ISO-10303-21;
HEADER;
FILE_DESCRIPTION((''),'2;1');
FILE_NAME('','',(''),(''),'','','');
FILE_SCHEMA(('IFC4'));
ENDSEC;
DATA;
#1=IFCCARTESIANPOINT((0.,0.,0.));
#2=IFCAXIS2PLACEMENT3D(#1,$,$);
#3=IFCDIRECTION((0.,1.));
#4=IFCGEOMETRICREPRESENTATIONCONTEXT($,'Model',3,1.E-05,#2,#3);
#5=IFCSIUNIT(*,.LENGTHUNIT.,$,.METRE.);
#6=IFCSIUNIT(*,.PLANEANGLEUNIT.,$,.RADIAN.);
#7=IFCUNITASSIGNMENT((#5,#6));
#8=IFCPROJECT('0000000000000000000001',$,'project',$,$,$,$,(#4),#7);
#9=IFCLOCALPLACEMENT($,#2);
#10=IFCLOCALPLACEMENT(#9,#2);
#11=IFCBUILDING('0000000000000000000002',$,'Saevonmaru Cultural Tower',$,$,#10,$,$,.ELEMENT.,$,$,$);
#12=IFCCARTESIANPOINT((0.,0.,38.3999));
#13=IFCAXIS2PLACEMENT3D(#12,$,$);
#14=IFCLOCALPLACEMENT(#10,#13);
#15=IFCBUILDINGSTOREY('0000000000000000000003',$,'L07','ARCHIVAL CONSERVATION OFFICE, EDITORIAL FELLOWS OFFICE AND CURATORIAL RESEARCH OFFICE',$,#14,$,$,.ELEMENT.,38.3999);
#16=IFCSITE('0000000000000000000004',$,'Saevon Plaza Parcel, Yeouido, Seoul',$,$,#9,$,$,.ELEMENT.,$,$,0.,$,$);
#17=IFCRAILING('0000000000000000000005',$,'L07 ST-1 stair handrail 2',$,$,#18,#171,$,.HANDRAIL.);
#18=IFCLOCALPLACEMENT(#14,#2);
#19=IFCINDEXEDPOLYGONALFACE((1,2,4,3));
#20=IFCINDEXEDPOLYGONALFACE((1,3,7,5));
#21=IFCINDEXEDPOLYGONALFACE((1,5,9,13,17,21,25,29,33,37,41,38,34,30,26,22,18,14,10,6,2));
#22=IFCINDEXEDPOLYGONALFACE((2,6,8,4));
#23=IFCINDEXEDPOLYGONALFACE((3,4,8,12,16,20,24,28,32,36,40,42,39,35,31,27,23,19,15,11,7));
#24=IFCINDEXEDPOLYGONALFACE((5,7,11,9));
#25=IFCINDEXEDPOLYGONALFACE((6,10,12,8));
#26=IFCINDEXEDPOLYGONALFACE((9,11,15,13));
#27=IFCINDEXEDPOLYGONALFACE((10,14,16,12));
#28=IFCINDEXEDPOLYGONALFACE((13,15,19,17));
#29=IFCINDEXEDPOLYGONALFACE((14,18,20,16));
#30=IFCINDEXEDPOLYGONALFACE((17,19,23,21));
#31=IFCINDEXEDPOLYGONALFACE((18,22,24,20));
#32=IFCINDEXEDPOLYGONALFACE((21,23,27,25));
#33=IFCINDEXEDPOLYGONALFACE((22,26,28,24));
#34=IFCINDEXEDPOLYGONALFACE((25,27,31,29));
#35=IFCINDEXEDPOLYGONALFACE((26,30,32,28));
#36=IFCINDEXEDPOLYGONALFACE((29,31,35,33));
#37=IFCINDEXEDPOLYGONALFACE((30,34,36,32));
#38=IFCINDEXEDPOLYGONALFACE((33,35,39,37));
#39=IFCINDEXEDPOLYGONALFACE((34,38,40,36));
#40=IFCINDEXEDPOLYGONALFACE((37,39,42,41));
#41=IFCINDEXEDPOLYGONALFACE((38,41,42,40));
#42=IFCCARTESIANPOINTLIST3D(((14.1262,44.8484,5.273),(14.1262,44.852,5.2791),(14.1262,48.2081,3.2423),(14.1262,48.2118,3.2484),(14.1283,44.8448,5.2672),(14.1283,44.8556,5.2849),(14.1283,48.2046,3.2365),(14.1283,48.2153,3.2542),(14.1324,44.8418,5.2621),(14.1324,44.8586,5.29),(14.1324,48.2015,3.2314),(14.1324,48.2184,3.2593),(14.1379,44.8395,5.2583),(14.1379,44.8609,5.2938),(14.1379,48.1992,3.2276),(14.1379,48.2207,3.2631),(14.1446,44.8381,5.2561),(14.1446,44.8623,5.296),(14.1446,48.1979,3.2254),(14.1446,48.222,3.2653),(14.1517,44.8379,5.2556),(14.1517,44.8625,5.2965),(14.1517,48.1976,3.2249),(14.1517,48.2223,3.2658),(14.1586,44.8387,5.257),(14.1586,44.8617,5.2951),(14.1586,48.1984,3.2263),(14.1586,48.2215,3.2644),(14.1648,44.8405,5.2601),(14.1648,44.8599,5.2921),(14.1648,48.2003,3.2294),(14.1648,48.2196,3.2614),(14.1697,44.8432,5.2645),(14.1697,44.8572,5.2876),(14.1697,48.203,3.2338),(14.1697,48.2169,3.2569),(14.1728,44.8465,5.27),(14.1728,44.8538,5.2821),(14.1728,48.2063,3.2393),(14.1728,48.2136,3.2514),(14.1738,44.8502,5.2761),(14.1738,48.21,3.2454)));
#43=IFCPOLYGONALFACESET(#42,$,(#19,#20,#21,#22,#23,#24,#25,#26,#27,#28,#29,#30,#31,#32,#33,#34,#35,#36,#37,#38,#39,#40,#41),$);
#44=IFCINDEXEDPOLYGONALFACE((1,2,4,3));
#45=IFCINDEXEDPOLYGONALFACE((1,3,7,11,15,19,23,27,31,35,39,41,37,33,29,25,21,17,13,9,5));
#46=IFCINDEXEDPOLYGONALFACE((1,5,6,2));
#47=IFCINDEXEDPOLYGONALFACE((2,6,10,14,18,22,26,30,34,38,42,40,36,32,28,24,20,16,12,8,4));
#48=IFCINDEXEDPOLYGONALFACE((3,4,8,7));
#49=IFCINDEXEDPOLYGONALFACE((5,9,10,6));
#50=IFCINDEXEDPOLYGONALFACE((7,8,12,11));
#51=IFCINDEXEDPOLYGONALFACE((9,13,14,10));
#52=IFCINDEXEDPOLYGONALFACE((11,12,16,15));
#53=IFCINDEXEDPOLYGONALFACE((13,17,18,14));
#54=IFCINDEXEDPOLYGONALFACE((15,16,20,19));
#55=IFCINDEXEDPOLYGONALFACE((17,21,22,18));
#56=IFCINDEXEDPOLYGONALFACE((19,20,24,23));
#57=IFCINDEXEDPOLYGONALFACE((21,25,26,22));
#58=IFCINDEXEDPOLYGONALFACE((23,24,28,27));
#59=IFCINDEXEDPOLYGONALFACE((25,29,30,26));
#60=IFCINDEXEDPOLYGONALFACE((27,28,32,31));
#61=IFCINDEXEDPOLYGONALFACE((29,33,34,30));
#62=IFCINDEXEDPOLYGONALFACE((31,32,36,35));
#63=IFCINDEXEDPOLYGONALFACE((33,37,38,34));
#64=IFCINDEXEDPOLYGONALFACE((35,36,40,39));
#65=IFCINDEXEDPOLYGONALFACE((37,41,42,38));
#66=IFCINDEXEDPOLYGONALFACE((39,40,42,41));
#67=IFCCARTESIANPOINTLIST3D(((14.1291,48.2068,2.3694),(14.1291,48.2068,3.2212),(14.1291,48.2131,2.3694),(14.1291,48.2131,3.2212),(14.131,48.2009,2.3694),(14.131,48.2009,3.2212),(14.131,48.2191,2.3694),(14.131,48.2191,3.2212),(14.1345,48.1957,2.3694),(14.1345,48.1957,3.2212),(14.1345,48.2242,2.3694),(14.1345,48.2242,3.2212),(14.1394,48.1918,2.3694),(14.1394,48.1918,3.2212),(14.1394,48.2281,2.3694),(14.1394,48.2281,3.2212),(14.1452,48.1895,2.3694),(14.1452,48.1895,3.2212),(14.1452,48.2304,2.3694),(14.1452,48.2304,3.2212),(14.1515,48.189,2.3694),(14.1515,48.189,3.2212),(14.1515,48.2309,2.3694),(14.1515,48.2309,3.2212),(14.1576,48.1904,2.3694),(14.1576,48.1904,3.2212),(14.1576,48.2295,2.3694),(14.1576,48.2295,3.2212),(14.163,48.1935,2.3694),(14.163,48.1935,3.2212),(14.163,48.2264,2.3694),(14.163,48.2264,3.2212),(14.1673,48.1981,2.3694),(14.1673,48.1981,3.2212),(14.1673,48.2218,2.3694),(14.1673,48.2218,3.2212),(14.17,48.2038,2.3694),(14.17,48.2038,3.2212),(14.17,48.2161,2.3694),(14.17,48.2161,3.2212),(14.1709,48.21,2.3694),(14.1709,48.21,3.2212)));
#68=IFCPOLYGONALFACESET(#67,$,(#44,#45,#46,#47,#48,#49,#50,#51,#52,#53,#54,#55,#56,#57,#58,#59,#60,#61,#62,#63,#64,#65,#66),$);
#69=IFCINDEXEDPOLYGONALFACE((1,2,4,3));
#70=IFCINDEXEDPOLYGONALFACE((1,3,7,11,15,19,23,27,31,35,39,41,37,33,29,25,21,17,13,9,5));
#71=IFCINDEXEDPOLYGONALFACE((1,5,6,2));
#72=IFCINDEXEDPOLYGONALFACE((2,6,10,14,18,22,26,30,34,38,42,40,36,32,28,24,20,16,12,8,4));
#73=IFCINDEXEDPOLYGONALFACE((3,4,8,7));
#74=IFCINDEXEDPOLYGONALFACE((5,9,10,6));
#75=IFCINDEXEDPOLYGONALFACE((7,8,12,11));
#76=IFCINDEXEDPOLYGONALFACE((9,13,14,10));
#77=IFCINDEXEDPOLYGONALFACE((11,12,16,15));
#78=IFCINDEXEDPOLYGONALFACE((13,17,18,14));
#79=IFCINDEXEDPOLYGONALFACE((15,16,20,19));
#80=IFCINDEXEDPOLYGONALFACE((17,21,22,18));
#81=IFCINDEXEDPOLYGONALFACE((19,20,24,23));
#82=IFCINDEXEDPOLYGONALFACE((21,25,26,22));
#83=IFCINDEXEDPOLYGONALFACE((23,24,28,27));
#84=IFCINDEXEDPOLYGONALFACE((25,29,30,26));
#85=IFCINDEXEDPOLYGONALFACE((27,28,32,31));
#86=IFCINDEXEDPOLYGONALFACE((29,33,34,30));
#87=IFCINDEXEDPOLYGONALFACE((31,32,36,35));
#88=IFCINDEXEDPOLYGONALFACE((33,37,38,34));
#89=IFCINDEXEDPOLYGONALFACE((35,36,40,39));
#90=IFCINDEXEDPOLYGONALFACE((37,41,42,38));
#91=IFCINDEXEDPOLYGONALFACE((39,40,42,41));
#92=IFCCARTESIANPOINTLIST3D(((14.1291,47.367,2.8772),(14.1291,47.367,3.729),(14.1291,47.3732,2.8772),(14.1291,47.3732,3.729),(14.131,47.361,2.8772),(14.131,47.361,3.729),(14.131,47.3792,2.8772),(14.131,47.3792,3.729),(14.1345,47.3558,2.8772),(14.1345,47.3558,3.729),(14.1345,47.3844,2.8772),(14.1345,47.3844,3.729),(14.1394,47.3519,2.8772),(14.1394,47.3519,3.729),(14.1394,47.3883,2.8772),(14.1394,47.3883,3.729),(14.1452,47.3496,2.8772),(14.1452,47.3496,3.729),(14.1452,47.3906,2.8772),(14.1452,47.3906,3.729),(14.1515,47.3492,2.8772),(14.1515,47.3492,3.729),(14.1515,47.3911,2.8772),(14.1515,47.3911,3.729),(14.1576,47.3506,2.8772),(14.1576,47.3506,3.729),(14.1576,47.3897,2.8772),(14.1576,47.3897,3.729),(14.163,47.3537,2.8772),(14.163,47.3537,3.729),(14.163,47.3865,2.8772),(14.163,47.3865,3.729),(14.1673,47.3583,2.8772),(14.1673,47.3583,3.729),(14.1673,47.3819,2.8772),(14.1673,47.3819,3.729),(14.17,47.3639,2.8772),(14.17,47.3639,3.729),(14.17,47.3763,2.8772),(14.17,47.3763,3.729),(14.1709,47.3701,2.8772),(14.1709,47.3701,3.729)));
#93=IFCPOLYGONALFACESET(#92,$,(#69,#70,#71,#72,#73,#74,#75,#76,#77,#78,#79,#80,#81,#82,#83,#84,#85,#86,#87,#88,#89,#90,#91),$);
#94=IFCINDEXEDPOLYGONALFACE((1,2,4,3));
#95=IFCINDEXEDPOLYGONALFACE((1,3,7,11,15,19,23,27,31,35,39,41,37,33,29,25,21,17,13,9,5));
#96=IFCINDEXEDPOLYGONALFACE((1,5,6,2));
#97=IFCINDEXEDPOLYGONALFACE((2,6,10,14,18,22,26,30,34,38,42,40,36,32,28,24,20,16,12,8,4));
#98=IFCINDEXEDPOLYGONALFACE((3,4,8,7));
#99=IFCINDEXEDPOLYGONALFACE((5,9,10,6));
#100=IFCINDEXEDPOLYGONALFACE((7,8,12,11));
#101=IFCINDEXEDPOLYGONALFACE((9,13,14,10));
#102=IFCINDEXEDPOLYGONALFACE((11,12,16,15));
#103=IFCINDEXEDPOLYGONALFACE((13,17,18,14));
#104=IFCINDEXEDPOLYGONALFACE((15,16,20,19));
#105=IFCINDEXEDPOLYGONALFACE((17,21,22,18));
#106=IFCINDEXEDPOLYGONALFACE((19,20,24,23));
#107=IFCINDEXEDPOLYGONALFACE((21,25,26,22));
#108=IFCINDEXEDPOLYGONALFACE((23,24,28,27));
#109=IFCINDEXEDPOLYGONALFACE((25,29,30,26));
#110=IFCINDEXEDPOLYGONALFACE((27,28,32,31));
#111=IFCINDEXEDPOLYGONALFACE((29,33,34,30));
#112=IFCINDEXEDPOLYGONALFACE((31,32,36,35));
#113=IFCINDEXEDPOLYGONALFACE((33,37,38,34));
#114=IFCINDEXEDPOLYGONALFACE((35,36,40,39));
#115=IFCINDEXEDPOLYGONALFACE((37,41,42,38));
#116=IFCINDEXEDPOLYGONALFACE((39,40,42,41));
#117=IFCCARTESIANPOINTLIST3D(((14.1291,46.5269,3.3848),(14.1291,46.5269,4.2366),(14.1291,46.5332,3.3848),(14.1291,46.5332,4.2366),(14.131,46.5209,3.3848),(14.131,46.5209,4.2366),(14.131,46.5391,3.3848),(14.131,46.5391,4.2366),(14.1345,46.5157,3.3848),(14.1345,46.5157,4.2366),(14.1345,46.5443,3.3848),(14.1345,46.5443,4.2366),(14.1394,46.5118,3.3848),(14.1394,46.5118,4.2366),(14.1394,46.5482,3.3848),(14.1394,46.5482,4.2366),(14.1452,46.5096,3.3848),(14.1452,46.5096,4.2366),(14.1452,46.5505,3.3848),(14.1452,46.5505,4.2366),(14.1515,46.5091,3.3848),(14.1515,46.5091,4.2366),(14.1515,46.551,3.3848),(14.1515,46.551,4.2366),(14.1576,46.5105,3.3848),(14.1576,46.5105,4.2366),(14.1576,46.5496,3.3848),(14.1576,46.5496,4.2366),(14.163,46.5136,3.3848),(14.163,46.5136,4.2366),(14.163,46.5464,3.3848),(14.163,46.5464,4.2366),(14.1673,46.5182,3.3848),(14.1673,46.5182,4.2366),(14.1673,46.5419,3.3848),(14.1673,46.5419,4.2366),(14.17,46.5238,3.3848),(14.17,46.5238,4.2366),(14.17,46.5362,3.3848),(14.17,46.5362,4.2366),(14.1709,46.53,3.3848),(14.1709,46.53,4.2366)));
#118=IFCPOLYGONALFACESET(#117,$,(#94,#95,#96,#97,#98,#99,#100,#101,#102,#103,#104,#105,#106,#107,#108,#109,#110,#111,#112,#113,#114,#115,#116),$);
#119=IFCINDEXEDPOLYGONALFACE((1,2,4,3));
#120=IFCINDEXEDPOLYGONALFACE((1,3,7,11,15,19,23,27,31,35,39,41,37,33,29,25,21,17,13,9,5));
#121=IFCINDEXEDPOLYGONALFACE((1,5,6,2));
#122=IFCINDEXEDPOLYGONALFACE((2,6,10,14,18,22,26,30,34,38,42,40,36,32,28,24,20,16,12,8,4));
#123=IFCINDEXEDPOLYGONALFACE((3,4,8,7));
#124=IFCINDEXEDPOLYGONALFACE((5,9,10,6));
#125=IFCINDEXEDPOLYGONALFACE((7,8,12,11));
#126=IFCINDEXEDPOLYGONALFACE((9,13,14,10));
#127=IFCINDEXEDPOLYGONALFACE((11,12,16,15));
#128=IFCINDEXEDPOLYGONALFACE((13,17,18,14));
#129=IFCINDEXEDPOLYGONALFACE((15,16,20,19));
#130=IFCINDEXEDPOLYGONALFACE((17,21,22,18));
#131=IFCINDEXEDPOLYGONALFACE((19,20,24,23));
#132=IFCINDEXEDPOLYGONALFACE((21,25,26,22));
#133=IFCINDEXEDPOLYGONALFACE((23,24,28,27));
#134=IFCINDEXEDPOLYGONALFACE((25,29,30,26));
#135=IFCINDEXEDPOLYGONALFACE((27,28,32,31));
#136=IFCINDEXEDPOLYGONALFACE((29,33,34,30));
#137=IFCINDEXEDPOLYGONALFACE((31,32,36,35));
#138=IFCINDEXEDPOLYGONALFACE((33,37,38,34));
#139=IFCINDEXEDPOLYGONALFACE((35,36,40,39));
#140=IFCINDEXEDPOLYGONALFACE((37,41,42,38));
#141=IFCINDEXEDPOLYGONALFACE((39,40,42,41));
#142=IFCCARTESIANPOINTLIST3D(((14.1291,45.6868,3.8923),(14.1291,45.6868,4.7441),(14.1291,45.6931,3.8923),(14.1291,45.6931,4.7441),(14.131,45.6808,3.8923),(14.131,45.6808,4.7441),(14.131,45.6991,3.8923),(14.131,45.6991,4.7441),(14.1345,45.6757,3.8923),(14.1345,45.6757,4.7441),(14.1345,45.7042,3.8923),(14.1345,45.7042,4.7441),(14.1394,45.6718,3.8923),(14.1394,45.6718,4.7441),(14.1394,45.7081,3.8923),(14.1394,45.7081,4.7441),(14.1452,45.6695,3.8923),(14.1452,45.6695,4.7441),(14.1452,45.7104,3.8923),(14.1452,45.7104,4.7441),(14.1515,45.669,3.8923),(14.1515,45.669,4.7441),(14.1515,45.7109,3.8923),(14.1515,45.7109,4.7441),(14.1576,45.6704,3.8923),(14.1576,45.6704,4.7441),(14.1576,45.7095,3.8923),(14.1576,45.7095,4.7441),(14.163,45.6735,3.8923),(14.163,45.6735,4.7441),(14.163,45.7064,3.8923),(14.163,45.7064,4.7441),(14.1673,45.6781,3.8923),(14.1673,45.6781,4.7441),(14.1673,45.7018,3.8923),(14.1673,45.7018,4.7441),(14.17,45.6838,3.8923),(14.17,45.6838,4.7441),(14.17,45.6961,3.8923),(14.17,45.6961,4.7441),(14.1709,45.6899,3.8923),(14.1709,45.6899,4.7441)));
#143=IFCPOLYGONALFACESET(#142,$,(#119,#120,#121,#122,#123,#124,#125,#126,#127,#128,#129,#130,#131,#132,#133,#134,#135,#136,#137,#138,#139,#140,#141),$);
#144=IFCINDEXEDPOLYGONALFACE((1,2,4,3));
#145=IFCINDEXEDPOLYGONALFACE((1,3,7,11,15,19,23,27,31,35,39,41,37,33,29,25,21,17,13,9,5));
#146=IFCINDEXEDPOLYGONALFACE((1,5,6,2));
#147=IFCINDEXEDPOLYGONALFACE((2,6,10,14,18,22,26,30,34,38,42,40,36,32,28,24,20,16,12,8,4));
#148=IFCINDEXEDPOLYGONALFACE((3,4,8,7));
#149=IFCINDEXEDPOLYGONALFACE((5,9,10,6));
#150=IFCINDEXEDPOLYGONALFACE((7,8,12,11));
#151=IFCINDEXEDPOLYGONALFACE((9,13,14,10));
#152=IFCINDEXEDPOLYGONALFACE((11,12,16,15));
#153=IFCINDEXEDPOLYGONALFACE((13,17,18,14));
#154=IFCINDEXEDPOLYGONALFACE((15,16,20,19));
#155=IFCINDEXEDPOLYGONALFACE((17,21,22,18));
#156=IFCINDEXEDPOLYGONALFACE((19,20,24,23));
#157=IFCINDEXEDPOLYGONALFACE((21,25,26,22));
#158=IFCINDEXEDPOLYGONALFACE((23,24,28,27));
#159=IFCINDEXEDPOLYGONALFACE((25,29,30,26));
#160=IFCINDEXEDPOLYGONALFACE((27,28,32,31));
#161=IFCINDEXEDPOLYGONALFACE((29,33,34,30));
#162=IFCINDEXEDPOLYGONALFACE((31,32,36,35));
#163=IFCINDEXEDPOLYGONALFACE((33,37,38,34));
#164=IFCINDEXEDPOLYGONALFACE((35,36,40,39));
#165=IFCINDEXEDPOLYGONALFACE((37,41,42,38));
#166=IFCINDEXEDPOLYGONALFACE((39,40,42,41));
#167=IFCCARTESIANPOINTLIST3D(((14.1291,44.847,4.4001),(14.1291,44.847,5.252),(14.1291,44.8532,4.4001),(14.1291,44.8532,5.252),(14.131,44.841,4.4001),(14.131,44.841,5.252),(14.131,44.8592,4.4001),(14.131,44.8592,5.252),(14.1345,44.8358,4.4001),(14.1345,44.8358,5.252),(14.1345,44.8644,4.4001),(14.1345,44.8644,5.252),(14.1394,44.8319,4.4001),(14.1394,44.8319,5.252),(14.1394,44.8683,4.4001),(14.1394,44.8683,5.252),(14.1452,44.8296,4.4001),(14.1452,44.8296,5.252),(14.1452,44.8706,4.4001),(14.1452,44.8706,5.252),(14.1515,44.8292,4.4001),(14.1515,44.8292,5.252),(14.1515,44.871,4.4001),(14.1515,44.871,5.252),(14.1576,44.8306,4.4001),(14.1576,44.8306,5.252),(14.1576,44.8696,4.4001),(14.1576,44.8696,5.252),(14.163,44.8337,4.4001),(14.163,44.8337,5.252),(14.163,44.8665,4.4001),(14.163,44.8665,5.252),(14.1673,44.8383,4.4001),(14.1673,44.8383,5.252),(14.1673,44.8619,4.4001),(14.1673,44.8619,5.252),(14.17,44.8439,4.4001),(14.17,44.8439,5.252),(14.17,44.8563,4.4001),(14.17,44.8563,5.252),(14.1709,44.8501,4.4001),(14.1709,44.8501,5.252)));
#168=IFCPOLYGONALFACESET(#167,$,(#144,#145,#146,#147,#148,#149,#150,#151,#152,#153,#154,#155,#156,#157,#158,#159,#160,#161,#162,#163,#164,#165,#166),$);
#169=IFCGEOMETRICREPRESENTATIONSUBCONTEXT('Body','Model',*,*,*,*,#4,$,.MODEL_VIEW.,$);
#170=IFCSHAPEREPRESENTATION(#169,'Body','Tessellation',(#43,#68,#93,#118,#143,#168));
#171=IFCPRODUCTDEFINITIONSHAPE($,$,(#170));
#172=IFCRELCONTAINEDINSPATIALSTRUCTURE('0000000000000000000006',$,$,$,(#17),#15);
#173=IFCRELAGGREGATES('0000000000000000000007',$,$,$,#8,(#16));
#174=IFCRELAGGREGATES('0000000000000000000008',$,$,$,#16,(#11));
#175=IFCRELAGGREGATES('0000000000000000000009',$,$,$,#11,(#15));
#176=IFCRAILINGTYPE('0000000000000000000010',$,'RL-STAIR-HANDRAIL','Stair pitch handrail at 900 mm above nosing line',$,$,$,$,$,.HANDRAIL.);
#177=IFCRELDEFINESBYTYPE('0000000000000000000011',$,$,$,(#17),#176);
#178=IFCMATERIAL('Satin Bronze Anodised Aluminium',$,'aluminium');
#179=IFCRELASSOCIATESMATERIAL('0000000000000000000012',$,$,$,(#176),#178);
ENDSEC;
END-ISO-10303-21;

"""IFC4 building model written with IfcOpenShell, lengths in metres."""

from ifc_helpers import new_model, si_unit, direction, frame, origin, origin_2d, place, context, subcontext, project, spatial, circle, extrude, material, type_object, element, save


model = new_model("IFC4")

# Units and contexts
model_context = context("Model", 3, precision=1e-05, world=origin(), true_north=direction((0.0, 1.0)))
body_context = subcontext(model_context, "Body", "Model", "MODEL_VIEW")
ifc_project = project(units=[si_unit("LENGTHUNIT", "METRE"), si_unit("PLANEANGLEUNIT", "RADIAN")], contexts=[model_context])

# Site, building, storey
site_placement = place(None, origin())
site = spatial("IfcSite", under=ifc_project, at=site_placement, Name="Saevon Plaza Parcel, Yeouido, Seoul", CompositionType="ELEMENT", RefElevation=0.0)
building_placement = place(site_placement, origin())
building = spatial("IfcBuilding", under=site, at=building_placement, Name="Saevonmaru Cultural Tower", CompositionType="ELEMENT")
storey_placement = place(building_placement, frame((0.0, 0.0, 38.3999)))
storey = spatial("IfcBuildingStorey", under=building, at=storey_placement, Name="L07", Description="ARCHIVAL CONSERVATION OFFICE, EDITORIAL FELLOWS OFFICE AND CURATORIAL RESEARCH OFFICE", CompositionType="ELEMENT", Elevation=38.3999)

# Shared definitions
ifc_material_1 = material(Name="Satin Bronze Anodised Aluminium", Category="aluminium")

# Railing
railing_type_1 = type_object("IfcRailingType", Name="RL-STAIR-HANDRAIL", Description="Stair pitch handrail at 900 mm above nosing line", PredefinedType="HANDRAIL", material=ifc_material_1)
railing_1_placement = place(storey_placement, frame((14.1499, 48.21, 2.3694)))
element("IfcRailing", 1, at=railing_1_placement, inside=storey, type_object=railing_type_1, Name="L07 ST-1 stair handrail 2", PredefinedType="HANDRAIL", context=body_context, shape_type="SweptSolid", body=[
    extrude(circle(Radius=0.0239, at=origin_2d()), frame((0.0, 0.0, 0.876), z_axis=(0.0, -0.85582, 0.517273), x_axis=(1.0, 0.0, 0.0)), (0.0, 0.0, 1.0), 3.9258),
    extrude(circle(Radius=0.021, at=origin_2d()), origin(), (0.0, 0.0, 1.0), 0.8518),
    extrude(circle(Radius=0.021, at=origin_2d()), frame((0.0, -0.8398, 0.5078)), (0.0, 0.0, 1.0), 0.8518),
    extrude(circle(Radius=0.021, at=origin_2d()), frame((0.0, -1.6799, 1.0154)), (0.0, 0.0, 1.0), 0.8518),
    extrude(circle(Radius=0.021, at=origin_2d()), frame((0.0, -2.52, 1.5229)), (0.0, 0.0, 1.0), 0.8518),
    extrude(circle(Radius=0.021, at=origin_2d()), frame((0.0, -3.3599, 2.0308)), (0.0, 0.0, 1.0), 0.8518),
])

save(model, "model.ifc")
